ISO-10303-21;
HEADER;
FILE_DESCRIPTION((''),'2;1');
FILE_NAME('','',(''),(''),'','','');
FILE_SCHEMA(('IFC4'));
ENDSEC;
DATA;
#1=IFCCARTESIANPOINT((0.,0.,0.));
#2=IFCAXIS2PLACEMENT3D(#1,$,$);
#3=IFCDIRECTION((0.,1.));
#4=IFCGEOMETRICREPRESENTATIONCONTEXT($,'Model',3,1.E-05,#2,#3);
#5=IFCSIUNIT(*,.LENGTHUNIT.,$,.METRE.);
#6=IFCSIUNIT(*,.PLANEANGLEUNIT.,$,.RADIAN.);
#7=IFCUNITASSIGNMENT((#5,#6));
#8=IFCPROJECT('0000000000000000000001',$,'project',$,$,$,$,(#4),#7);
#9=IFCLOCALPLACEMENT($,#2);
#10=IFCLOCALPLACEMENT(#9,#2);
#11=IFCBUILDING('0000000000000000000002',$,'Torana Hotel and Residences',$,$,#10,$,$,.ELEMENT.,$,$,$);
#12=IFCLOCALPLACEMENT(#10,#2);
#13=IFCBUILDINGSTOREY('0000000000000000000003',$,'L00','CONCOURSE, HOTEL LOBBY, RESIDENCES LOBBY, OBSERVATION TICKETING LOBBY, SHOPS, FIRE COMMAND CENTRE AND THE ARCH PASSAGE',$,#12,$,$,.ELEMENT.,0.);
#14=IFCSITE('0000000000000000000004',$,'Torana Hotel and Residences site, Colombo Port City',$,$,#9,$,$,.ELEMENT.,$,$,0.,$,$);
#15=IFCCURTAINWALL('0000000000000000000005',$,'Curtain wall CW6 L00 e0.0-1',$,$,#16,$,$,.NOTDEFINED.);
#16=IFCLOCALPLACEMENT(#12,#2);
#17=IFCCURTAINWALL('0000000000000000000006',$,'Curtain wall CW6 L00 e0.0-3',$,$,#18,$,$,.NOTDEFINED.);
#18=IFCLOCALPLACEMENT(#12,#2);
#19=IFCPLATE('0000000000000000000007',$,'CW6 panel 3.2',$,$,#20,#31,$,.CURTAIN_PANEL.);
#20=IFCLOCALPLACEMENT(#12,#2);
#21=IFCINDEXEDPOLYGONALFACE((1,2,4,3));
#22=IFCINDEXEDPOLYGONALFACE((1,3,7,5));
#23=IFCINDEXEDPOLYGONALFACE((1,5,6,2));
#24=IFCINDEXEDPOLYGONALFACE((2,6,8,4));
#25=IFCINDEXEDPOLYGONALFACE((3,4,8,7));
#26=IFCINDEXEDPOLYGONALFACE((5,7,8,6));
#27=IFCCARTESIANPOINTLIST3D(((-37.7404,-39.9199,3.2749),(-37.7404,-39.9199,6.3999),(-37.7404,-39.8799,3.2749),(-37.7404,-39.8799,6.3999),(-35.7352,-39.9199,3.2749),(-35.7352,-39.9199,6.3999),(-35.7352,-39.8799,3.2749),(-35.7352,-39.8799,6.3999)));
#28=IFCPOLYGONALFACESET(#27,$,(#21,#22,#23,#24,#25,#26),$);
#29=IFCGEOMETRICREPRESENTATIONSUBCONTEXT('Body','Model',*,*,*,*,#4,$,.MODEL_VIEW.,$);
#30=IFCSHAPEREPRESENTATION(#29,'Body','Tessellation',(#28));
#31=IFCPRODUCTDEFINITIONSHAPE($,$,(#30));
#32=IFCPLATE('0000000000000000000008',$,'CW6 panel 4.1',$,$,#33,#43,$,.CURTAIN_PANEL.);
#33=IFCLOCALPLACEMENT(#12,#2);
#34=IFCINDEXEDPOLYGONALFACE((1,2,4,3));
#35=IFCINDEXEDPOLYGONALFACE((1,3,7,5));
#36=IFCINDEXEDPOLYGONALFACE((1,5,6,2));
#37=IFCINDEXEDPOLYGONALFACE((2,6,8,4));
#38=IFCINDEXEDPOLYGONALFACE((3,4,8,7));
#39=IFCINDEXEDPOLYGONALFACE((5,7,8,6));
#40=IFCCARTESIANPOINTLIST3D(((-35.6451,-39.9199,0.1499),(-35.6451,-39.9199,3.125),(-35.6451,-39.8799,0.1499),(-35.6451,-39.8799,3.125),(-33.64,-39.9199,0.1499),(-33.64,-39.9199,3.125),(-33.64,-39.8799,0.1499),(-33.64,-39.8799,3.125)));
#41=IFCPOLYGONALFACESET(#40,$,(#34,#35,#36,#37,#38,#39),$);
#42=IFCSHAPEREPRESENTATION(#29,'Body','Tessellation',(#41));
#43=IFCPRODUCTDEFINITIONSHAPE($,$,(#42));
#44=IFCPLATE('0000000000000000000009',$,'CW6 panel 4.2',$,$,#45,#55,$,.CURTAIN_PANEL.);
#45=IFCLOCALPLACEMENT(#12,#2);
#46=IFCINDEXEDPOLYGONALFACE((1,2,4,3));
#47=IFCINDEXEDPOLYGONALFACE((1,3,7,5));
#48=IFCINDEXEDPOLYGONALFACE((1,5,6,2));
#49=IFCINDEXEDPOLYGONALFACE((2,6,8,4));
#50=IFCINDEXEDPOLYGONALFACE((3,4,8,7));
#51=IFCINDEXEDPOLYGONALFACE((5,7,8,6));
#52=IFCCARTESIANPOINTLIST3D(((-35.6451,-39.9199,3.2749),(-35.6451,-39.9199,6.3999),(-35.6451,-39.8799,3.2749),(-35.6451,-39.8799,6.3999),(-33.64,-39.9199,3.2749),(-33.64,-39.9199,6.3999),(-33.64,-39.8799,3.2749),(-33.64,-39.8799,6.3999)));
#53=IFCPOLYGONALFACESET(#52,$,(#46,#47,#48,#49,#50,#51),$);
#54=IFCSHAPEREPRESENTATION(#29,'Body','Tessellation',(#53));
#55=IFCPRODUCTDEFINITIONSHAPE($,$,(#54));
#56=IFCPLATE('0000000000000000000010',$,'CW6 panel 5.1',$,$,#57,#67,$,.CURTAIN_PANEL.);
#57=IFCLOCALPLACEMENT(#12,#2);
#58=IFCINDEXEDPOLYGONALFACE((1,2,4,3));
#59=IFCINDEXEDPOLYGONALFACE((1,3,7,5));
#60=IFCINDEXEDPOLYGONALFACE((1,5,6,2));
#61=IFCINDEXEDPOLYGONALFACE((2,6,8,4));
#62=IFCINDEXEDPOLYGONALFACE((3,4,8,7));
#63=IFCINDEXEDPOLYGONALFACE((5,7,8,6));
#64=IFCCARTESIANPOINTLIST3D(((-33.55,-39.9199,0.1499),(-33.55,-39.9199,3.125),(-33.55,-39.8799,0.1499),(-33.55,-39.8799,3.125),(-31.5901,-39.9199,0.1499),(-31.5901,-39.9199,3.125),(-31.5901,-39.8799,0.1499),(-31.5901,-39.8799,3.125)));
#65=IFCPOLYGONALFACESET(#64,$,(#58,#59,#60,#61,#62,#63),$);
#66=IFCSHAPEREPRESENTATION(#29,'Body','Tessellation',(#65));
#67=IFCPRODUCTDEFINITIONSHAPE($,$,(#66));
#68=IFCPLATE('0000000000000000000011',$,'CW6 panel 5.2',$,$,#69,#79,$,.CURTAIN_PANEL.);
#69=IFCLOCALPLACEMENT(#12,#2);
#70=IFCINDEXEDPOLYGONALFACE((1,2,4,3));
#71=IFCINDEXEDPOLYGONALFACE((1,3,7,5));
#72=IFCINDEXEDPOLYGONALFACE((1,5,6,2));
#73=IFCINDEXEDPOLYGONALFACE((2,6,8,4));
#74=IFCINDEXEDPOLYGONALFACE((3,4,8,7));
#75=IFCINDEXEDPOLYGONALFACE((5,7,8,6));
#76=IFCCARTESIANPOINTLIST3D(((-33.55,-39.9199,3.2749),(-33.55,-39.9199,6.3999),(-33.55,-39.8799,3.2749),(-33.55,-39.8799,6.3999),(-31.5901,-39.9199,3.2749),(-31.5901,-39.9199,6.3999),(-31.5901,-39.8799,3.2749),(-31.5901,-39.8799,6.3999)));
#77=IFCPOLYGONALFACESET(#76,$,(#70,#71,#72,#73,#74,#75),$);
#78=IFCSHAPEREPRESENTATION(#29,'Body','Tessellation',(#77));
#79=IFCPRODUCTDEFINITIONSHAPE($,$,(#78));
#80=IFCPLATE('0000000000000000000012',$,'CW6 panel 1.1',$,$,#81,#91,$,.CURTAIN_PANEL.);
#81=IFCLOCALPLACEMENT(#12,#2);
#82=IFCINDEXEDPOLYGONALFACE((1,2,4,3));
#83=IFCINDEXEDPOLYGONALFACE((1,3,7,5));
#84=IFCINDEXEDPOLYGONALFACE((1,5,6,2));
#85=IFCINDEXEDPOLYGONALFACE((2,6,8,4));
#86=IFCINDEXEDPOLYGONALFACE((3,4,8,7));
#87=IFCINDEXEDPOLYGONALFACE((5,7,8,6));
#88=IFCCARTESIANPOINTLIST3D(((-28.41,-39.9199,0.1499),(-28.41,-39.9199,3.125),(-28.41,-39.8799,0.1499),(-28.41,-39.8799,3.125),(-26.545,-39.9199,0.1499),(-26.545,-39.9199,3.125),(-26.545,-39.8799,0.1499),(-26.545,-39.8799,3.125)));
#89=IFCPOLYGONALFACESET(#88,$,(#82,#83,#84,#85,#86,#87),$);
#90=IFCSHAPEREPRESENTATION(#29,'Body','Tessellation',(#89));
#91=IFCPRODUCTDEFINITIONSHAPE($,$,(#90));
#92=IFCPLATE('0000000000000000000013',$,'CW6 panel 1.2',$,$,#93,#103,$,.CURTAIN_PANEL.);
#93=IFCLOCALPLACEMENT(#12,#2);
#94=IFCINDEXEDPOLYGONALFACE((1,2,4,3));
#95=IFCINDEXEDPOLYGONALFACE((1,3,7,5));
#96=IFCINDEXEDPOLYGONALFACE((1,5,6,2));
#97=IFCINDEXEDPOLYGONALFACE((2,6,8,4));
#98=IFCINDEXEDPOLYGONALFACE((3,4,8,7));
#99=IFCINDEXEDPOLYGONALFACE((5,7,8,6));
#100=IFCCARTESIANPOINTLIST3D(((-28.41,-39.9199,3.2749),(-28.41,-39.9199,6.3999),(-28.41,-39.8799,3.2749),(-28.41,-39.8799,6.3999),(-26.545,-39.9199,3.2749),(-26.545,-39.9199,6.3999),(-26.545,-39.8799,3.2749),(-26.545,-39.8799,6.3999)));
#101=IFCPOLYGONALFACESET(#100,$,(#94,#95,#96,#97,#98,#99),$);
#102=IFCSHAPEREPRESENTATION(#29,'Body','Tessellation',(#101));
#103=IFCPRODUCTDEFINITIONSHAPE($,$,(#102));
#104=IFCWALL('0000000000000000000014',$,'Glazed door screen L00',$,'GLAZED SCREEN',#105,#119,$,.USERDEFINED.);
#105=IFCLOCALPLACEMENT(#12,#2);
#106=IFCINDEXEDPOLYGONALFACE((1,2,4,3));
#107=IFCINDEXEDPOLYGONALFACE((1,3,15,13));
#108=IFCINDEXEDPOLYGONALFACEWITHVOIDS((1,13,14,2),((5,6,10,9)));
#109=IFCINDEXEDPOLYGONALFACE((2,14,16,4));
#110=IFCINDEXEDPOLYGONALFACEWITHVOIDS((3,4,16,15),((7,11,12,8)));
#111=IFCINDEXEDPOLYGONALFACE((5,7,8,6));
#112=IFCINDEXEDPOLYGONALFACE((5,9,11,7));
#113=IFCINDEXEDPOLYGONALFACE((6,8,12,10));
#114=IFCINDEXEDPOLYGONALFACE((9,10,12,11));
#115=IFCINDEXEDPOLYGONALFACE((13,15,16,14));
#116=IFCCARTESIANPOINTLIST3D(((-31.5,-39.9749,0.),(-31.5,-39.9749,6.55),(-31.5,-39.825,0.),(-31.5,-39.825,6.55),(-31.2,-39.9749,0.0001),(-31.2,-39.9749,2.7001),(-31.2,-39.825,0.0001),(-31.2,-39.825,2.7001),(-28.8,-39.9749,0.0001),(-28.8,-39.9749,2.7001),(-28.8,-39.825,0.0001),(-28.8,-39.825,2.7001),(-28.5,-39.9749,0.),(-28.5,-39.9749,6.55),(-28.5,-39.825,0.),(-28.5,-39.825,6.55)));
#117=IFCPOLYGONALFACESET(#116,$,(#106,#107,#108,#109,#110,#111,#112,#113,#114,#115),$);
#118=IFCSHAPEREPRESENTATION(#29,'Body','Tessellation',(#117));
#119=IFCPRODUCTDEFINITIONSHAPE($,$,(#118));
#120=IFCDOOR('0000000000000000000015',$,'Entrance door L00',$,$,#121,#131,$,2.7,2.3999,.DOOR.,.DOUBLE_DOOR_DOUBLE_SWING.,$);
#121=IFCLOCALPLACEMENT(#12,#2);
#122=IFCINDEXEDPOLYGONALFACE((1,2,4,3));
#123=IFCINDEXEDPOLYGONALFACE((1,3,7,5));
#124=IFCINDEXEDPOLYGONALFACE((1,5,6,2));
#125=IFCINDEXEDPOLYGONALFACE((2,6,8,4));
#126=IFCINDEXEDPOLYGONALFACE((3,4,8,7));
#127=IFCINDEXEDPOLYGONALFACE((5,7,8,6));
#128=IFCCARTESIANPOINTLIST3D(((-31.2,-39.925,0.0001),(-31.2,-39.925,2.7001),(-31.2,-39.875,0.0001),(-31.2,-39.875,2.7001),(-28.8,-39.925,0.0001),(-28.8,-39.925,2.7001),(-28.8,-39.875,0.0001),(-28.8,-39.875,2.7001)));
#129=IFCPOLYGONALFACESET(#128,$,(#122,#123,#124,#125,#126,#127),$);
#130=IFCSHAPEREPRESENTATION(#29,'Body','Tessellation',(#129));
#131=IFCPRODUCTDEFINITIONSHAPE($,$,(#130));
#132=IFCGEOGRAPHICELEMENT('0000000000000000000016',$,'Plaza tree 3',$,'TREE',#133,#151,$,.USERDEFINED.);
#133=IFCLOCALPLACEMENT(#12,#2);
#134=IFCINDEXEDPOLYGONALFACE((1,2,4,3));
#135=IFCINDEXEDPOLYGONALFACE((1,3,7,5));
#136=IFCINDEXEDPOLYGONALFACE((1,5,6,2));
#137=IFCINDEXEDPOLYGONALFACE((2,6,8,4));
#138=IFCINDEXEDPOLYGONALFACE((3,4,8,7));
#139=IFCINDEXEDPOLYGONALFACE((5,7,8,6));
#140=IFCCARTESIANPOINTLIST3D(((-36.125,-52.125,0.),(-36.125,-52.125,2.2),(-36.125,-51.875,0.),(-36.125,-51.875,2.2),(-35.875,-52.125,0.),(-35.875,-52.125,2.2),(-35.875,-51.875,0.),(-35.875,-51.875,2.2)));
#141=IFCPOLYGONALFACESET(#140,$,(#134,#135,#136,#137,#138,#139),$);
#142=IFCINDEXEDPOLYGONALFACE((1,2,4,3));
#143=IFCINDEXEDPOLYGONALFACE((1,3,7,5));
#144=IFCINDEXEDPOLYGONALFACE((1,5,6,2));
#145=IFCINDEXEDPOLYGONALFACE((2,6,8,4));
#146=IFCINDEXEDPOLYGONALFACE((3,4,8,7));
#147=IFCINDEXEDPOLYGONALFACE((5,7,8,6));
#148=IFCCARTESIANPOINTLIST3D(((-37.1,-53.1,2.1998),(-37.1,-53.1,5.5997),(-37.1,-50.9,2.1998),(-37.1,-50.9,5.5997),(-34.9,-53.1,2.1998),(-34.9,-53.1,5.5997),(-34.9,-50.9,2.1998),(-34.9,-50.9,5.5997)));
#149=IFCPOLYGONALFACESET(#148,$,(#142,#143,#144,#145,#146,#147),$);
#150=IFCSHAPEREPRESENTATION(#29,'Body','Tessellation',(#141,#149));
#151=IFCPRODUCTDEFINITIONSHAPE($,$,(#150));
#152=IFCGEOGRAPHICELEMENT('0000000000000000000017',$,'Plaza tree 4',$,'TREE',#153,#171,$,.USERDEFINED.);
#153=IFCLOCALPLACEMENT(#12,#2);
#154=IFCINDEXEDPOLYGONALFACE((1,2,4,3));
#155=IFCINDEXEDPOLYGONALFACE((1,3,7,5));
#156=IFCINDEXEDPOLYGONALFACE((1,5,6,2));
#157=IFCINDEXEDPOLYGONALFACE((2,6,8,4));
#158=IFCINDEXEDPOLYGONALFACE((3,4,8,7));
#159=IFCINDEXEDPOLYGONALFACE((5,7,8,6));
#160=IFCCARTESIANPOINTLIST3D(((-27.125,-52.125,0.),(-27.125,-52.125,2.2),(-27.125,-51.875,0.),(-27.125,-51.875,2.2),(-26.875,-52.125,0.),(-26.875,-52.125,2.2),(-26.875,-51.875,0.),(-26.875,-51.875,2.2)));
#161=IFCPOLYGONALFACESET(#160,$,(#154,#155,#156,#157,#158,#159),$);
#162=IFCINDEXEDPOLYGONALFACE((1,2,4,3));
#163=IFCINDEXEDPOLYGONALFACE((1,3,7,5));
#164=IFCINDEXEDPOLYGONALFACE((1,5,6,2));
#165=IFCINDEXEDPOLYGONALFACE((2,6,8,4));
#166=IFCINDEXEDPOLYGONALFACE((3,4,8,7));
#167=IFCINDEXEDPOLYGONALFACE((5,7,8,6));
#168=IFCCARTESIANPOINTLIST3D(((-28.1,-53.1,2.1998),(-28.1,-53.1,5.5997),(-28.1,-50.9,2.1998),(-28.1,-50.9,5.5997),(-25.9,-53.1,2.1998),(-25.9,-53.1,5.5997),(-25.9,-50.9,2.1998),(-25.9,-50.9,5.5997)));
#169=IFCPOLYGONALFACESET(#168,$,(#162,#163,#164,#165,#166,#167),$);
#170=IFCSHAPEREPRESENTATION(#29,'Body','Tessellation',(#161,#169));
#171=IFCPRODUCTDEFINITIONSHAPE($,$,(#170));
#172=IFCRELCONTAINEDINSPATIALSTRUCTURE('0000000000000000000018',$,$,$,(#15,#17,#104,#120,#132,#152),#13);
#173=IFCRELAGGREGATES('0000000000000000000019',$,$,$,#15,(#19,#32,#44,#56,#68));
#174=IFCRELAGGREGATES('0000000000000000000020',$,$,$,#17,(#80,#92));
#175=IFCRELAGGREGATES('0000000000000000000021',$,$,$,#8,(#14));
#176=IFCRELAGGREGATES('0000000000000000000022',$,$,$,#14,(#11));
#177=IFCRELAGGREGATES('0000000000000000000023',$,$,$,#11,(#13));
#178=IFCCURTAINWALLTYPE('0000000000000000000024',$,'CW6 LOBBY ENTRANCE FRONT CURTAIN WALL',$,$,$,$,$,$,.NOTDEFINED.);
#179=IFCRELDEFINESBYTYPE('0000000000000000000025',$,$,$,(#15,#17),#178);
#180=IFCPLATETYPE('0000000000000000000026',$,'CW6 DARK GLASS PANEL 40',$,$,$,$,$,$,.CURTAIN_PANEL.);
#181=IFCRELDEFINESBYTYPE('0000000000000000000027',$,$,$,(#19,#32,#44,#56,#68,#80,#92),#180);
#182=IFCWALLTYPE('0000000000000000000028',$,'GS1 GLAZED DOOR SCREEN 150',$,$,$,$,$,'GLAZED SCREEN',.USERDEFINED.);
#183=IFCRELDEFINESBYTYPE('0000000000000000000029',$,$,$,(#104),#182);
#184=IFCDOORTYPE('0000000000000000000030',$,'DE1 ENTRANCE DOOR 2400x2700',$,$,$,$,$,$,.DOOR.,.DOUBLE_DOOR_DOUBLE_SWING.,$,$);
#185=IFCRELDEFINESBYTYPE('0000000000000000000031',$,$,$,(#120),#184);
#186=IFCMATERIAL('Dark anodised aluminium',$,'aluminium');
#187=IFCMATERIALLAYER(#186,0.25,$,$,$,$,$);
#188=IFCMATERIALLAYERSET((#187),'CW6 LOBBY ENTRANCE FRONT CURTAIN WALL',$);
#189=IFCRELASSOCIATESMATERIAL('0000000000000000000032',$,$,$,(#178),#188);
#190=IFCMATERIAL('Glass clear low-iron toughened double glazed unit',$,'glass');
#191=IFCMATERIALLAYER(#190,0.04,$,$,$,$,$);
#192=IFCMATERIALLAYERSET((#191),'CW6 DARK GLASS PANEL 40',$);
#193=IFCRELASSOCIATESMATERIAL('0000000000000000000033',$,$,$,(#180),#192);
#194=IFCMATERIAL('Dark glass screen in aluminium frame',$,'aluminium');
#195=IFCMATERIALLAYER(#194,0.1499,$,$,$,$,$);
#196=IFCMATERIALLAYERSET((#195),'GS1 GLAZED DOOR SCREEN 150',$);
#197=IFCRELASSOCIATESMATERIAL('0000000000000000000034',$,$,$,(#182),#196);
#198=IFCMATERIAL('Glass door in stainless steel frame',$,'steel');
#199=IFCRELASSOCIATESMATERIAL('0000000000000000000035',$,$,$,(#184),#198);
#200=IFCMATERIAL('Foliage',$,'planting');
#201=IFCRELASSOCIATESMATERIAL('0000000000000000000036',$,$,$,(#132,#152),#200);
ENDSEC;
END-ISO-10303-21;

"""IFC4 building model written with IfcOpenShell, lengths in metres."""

from ifc_helpers import new_model, si_unit, direction, frame, frame_2d, origin, origin_2d, place, context, subcontext, project, spatial, rectangle, extrude, material, layer, layer_set, type_object, element, fill, aggregate, save


model = new_model("IFC4")

# Units and contexts
model_context = context("Model", 3, precision=1e-05, world=origin(), true_north=direction((0.0, 1.0)))
body_context = subcontext(model_context, "Body", "Model", "MODEL_VIEW")
ifc_project = project(units=[si_unit("LENGTHUNIT", "METRE"), si_unit("PLANEANGLEUNIT", "RADIAN")], contexts=[model_context])

# Site, building, storey
site_placement = place(None, origin())
site = spatial("IfcSite", under=ifc_project, at=site_placement, Name="Torana Hotel and Residences site, Colombo Port City", CompositionType="ELEMENT", RefElevation=0.0)
building_placement = place(site_placement, origin())
building = spatial("IfcBuilding", under=site, at=building_placement, Name="Torana Hotel and Residences", CompositionType="ELEMENT")
storey_placement = place(building_placement, origin())
storey = spatial("IfcBuildingStorey", under=building, at=storey_placement, Name="L00", Description="CONCOURSE, HOTEL LOBBY, RESIDENCES LOBBY, OBSERVATION TICKETING LOBBY, SHOPS, FIRE COMMAND CENTRE AND THE ARCH PASSAGE", CompositionType="ELEMENT", Elevation=0.0)

# Curtain walls
ifc_material_1 = material(Name="Dark anodised aluminium", Category="aluminium")
ifc_layer_1 = layer(ifc_material_1, 0.25)
ifc_layer_set_1 = layer_set([ifc_layer_1], Name="CW6 LOBBY ENTRANCE FRONT CURTAIN WALL")
curtain_wall_type = type_object("IfcCurtainWallType", Name="CW6 LOBBY ENTRANCE FRONT CURTAIN WALL", PredefinedType="NOTDEFINED", material=ifc_layer_set_1)
curtain_wall_1_placement = place(storey_placement, origin())
curtain_wall_1 = element("IfcCurtainWall", 1, at=curtain_wall_1_placement, inside=storey, type_object=curtain_wall_type, Name="Curtain wall CW6 L00 e0.0-1", PredefinedType="NOTDEFINED")
curtain_wall_2_placement = place(storey_placement, origin())
curtain_wall_2 = element("IfcCurtainWall", 2, at=curtain_wall_2_placement, inside=storey, type_object=curtain_wall_type, Name="Curtain wall CW6 L00 e0.0-3", PredefinedType="NOTDEFINED")

# Plates
ifc_material_2 = material(Name="Glass clear low-iron toughened double glazed unit", Category="glass")
ifc_layer_2 = layer(ifc_material_2, 0.04)
ifc_layer_set_2 = layer_set([ifc_layer_2], Name="CW6 DARK GLASS PANEL 40")
plate_type = type_object("IfcPlateType", Name="CW6 DARK GLASS PANEL 40", PredefinedType="CURTAIN_PANEL", material=ifc_layer_set_2)
plate_1_placement = place(storey_placement, frame((-36.7378, -39.8999, 3.2749), z_axis=(0.0, 0.0, 1.0), x_axis=(1.0, 0.0, 0.0)))
plate_1 = element("IfcPlate", 3, at=plate_1_placement, type_object=plate_type, Name="CW6 panel 3.2", PredefinedType="CURTAIN_PANEL", context=body_context, shape_type="SweptSolid", body=[
    extrude(rectangle(XDim=2.0051, YDim=0.04, at=origin_2d()), origin(), (0.0, 0.0, 1.0), 3.125),
])
plate_2_placement = place(storey_placement, frame((-34.6426, -39.8999, 0.1499), z_axis=(0.0, 0.0, 1.0), x_axis=(1.0, 0.0, 0.0)))
plate_2 = element("IfcPlate", 4, at=plate_2_placement, type_object=plate_type, Name="CW6 panel 4.1", PredefinedType="CURTAIN_PANEL", context=body_context, shape_type="SweptSolid", body=[
    extrude(rectangle(XDim=2.0051, YDim=0.04, at=origin_2d()), origin(), (0.0, 0.0, 1.0), 2.9751),
])
plate_3_placement = place(storey_placement, frame((-34.6426, -39.8999, 3.2749), z_axis=(0.0, 0.0, 1.0), x_axis=(1.0, 0.0, 0.0)))
plate_3 = element("IfcPlate", 5, at=plate_3_placement, type_object=plate_type, Name="CW6 panel 4.2", PredefinedType="CURTAIN_PANEL", context=body_context, shape_type="SweptSolid", body=[
    extrude(rectangle(XDim=2.0051, YDim=0.04, at=origin_2d()), origin(), (0.0, 0.0, 1.0), 3.125),
])
plate_4_placement = place(storey_placement, frame((-32.5701, -39.8999, 0.1499), z_axis=(0.0, 0.0, 1.0), x_axis=(1.0, 0.0, 0.0)))
plate_4 = element("IfcPlate", 6, at=plate_4_placement, type_object=plate_type, Name="CW6 panel 5.1", PredefinedType="CURTAIN_PANEL", context=body_context, shape_type="SweptSolid", body=[
    extrude(rectangle(XDim=1.96, YDim=0.04, at=origin_2d()), origin(), (0.0, 0.0, 1.0), 2.9751),
])
plate_5_placement = place(storey_placement, frame((-32.5701, -39.8999, 3.2749), z_axis=(0.0, 0.0, 1.0), x_axis=(1.0, 0.0, 0.0)))
plate_5 = element("IfcPlate", 7, at=plate_5_placement, type_object=plate_type, Name="CW6 panel 5.2", PredefinedType="CURTAIN_PANEL", context=body_context, shape_type="SweptSolid", body=[
    extrude(rectangle(XDim=1.96, YDim=0.04, at=origin_2d()), origin(), (0.0, 0.0, 1.0), 3.125),
])
aggregate(curtain_wall_1, [plate_1, plate_2, plate_3, plate_4, plate_5])
plate_6_placement = place(storey_placement, frame((-27.4775, -39.8999, 0.1499), z_axis=(0.0, 0.0, 1.0), x_axis=(1.0, 0.0, 0.0)))
plate_6 = element("IfcPlate", 8, at=plate_6_placement, type_object=plate_type, Name="CW6 panel 1.1", PredefinedType="CURTAIN_PANEL", context=body_context, shape_type="SweptSolid", body=[
    extrude(rectangle(XDim=1.865, YDim=0.04, at=origin_2d()), origin(), (0.0, 0.0, 1.0), 2.9751),
])
plate_7_placement = place(storey_placement, frame((-27.4775, -39.8999, 3.2749), z_axis=(0.0, 0.0, 1.0), x_axis=(1.0, 0.0, 0.0)))
plate_7 = element("IfcPlate", 9, at=plate_7_placement, type_object=plate_type, Name="CW6 panel 1.2", PredefinedType="CURTAIN_PANEL", context=body_context, shape_type="SweptSolid", body=[
    extrude(rectangle(XDim=1.865, YDim=0.04, at=origin_2d()), origin(), (0.0, 0.0, 1.0), 3.125),
])
aggregate(curtain_wall_2, [plate_6, plate_7])

# Wall, opening, door
ifc_material_3 = material(Name="Dark glass screen in aluminium frame", Category="aluminium")
ifc_layer_3 = layer(ifc_material_3, 0.1499)
ifc_layer_set_3 = layer_set([ifc_layer_3], Name="GS1 GLAZED DOOR SCREEN 150")
wall_type = type_object("IfcWallType", Name="GS1 GLAZED DOOR SCREEN 150", ElementType="GLAZED SCREEN", PredefinedType="USERDEFINED", material=ifc_layer_set_3)
wall_placement = place(storey_placement, frame((-31.5, -39.8999, 0.0), z_axis=(0.0, 0.0, 1.0), x_axis=(1.0, 0.0, 0.0)))
wall = element("IfcWall", 10, at=wall_placement, inside=storey, type_object=wall_type, Name="Glazed door screen L00", ObjectType="GLAZED SCREEN", PredefinedType="USERDEFINED", context=body_context, shape_type="SweptSolid", body=[
    extrude(rectangle(XDim=3.0, YDim=0.1499, at=frame_2d((1.5, 0.0))), origin(), (0.0, 0.0, 1.0), 6.55),
])
opening_placement = place(wall_placement, frame((0.3, 0.0, 0.0)))
opening = element("IfcOpeningElement", 11, at=opening_placement, cuts=wall, PredefinedType="OPENING", context=body_context, shape_type="SweptSolid", body=[
    extrude(rectangle(XDim=2.3999, YDim=2.7, at=frame_2d((1.2, 1.3501))), frame((0.0, 0.085, 0.0), z_axis=(0.0, -1.0, 0.0), x_axis=(1.0, 0.0, 0.0)), (0.0, 0.0, 1.0), 0.1699),
])
ifc_material_4 = material(Name="Glass door in stainless steel frame", Category="steel")
door_type = type_object("IfcDoorType", Name="DE1 ENTRANCE DOOR 2400x2700", OperationType="DOUBLE_DOOR_DOUBLE_SWING", PredefinedType="DOOR", material=ifc_material_4)
door_placement = place(opening_placement, frame((1.2, 0.0, 0.0), z_axis=(0.0, 0.0, 1.0), x_axis=(-1.0, 0.0, 0.0)))
door = element("IfcDoor", 12, at=door_placement, inside=storey, type_object=door_type, Name="Entrance door L00", OperationType="DOUBLE_DOOR_DOUBLE_SWING", OverallHeight=2.7, OverallWidth=2.3999, PredefinedType="DOOR", context=body_context, shape_type="SweptSolid", body=[
    extrude(rectangle(XDim=2.3999, YDim=2.7, at=frame_2d((0.0, 1.3501))), frame((0.0, -0.0249, 0.0), z_axis=(0.0, 1.0, 0.0), x_axis=(-1.0, 0.0, 0.0)), (0.0, 0.0, 1.0), 0.05),
])
fill(opening, door)

# Geographic elements
ifc_material_5 = material(Name="Foliage", Category="planting")
for number, where, z_axis, x_axis, name in (
    (13, (-36.0, -52.0, 0.0), (0.0, 0.0, 1.0), (1.0, 0.0, 0.0), "Plaza tree 3"),
    (14, (-27.0, -52.0, 0.0), (0.0, 0.0, 1.0), (1.0, 0.0, 0.0), "Plaza tree 4"),
):
    element("IfcGeographicElement", number, at=place(storey_placement, frame(where, z_axis=z_axis, x_axis=x_axis)), inside=storey, material=ifc_material_5, Name=name, ObjectType="TREE", PredefinedType="USERDEFINED", context=body_context, shape_type="SweptSolid", body=[
        extrude(rectangle(XDim=0.25, YDim=0.25, at=origin_2d()), origin(), (0.0, 0.0, 1.0), 2.2),
        extrude(rectangle(XDim=2.2, YDim=2.2, at=origin_2d()), frame((0.0, 0.0, 2.1998)), (0.0, 0.0, 1.0), 3.3999),
    ])

save(model, "model.ifc")
